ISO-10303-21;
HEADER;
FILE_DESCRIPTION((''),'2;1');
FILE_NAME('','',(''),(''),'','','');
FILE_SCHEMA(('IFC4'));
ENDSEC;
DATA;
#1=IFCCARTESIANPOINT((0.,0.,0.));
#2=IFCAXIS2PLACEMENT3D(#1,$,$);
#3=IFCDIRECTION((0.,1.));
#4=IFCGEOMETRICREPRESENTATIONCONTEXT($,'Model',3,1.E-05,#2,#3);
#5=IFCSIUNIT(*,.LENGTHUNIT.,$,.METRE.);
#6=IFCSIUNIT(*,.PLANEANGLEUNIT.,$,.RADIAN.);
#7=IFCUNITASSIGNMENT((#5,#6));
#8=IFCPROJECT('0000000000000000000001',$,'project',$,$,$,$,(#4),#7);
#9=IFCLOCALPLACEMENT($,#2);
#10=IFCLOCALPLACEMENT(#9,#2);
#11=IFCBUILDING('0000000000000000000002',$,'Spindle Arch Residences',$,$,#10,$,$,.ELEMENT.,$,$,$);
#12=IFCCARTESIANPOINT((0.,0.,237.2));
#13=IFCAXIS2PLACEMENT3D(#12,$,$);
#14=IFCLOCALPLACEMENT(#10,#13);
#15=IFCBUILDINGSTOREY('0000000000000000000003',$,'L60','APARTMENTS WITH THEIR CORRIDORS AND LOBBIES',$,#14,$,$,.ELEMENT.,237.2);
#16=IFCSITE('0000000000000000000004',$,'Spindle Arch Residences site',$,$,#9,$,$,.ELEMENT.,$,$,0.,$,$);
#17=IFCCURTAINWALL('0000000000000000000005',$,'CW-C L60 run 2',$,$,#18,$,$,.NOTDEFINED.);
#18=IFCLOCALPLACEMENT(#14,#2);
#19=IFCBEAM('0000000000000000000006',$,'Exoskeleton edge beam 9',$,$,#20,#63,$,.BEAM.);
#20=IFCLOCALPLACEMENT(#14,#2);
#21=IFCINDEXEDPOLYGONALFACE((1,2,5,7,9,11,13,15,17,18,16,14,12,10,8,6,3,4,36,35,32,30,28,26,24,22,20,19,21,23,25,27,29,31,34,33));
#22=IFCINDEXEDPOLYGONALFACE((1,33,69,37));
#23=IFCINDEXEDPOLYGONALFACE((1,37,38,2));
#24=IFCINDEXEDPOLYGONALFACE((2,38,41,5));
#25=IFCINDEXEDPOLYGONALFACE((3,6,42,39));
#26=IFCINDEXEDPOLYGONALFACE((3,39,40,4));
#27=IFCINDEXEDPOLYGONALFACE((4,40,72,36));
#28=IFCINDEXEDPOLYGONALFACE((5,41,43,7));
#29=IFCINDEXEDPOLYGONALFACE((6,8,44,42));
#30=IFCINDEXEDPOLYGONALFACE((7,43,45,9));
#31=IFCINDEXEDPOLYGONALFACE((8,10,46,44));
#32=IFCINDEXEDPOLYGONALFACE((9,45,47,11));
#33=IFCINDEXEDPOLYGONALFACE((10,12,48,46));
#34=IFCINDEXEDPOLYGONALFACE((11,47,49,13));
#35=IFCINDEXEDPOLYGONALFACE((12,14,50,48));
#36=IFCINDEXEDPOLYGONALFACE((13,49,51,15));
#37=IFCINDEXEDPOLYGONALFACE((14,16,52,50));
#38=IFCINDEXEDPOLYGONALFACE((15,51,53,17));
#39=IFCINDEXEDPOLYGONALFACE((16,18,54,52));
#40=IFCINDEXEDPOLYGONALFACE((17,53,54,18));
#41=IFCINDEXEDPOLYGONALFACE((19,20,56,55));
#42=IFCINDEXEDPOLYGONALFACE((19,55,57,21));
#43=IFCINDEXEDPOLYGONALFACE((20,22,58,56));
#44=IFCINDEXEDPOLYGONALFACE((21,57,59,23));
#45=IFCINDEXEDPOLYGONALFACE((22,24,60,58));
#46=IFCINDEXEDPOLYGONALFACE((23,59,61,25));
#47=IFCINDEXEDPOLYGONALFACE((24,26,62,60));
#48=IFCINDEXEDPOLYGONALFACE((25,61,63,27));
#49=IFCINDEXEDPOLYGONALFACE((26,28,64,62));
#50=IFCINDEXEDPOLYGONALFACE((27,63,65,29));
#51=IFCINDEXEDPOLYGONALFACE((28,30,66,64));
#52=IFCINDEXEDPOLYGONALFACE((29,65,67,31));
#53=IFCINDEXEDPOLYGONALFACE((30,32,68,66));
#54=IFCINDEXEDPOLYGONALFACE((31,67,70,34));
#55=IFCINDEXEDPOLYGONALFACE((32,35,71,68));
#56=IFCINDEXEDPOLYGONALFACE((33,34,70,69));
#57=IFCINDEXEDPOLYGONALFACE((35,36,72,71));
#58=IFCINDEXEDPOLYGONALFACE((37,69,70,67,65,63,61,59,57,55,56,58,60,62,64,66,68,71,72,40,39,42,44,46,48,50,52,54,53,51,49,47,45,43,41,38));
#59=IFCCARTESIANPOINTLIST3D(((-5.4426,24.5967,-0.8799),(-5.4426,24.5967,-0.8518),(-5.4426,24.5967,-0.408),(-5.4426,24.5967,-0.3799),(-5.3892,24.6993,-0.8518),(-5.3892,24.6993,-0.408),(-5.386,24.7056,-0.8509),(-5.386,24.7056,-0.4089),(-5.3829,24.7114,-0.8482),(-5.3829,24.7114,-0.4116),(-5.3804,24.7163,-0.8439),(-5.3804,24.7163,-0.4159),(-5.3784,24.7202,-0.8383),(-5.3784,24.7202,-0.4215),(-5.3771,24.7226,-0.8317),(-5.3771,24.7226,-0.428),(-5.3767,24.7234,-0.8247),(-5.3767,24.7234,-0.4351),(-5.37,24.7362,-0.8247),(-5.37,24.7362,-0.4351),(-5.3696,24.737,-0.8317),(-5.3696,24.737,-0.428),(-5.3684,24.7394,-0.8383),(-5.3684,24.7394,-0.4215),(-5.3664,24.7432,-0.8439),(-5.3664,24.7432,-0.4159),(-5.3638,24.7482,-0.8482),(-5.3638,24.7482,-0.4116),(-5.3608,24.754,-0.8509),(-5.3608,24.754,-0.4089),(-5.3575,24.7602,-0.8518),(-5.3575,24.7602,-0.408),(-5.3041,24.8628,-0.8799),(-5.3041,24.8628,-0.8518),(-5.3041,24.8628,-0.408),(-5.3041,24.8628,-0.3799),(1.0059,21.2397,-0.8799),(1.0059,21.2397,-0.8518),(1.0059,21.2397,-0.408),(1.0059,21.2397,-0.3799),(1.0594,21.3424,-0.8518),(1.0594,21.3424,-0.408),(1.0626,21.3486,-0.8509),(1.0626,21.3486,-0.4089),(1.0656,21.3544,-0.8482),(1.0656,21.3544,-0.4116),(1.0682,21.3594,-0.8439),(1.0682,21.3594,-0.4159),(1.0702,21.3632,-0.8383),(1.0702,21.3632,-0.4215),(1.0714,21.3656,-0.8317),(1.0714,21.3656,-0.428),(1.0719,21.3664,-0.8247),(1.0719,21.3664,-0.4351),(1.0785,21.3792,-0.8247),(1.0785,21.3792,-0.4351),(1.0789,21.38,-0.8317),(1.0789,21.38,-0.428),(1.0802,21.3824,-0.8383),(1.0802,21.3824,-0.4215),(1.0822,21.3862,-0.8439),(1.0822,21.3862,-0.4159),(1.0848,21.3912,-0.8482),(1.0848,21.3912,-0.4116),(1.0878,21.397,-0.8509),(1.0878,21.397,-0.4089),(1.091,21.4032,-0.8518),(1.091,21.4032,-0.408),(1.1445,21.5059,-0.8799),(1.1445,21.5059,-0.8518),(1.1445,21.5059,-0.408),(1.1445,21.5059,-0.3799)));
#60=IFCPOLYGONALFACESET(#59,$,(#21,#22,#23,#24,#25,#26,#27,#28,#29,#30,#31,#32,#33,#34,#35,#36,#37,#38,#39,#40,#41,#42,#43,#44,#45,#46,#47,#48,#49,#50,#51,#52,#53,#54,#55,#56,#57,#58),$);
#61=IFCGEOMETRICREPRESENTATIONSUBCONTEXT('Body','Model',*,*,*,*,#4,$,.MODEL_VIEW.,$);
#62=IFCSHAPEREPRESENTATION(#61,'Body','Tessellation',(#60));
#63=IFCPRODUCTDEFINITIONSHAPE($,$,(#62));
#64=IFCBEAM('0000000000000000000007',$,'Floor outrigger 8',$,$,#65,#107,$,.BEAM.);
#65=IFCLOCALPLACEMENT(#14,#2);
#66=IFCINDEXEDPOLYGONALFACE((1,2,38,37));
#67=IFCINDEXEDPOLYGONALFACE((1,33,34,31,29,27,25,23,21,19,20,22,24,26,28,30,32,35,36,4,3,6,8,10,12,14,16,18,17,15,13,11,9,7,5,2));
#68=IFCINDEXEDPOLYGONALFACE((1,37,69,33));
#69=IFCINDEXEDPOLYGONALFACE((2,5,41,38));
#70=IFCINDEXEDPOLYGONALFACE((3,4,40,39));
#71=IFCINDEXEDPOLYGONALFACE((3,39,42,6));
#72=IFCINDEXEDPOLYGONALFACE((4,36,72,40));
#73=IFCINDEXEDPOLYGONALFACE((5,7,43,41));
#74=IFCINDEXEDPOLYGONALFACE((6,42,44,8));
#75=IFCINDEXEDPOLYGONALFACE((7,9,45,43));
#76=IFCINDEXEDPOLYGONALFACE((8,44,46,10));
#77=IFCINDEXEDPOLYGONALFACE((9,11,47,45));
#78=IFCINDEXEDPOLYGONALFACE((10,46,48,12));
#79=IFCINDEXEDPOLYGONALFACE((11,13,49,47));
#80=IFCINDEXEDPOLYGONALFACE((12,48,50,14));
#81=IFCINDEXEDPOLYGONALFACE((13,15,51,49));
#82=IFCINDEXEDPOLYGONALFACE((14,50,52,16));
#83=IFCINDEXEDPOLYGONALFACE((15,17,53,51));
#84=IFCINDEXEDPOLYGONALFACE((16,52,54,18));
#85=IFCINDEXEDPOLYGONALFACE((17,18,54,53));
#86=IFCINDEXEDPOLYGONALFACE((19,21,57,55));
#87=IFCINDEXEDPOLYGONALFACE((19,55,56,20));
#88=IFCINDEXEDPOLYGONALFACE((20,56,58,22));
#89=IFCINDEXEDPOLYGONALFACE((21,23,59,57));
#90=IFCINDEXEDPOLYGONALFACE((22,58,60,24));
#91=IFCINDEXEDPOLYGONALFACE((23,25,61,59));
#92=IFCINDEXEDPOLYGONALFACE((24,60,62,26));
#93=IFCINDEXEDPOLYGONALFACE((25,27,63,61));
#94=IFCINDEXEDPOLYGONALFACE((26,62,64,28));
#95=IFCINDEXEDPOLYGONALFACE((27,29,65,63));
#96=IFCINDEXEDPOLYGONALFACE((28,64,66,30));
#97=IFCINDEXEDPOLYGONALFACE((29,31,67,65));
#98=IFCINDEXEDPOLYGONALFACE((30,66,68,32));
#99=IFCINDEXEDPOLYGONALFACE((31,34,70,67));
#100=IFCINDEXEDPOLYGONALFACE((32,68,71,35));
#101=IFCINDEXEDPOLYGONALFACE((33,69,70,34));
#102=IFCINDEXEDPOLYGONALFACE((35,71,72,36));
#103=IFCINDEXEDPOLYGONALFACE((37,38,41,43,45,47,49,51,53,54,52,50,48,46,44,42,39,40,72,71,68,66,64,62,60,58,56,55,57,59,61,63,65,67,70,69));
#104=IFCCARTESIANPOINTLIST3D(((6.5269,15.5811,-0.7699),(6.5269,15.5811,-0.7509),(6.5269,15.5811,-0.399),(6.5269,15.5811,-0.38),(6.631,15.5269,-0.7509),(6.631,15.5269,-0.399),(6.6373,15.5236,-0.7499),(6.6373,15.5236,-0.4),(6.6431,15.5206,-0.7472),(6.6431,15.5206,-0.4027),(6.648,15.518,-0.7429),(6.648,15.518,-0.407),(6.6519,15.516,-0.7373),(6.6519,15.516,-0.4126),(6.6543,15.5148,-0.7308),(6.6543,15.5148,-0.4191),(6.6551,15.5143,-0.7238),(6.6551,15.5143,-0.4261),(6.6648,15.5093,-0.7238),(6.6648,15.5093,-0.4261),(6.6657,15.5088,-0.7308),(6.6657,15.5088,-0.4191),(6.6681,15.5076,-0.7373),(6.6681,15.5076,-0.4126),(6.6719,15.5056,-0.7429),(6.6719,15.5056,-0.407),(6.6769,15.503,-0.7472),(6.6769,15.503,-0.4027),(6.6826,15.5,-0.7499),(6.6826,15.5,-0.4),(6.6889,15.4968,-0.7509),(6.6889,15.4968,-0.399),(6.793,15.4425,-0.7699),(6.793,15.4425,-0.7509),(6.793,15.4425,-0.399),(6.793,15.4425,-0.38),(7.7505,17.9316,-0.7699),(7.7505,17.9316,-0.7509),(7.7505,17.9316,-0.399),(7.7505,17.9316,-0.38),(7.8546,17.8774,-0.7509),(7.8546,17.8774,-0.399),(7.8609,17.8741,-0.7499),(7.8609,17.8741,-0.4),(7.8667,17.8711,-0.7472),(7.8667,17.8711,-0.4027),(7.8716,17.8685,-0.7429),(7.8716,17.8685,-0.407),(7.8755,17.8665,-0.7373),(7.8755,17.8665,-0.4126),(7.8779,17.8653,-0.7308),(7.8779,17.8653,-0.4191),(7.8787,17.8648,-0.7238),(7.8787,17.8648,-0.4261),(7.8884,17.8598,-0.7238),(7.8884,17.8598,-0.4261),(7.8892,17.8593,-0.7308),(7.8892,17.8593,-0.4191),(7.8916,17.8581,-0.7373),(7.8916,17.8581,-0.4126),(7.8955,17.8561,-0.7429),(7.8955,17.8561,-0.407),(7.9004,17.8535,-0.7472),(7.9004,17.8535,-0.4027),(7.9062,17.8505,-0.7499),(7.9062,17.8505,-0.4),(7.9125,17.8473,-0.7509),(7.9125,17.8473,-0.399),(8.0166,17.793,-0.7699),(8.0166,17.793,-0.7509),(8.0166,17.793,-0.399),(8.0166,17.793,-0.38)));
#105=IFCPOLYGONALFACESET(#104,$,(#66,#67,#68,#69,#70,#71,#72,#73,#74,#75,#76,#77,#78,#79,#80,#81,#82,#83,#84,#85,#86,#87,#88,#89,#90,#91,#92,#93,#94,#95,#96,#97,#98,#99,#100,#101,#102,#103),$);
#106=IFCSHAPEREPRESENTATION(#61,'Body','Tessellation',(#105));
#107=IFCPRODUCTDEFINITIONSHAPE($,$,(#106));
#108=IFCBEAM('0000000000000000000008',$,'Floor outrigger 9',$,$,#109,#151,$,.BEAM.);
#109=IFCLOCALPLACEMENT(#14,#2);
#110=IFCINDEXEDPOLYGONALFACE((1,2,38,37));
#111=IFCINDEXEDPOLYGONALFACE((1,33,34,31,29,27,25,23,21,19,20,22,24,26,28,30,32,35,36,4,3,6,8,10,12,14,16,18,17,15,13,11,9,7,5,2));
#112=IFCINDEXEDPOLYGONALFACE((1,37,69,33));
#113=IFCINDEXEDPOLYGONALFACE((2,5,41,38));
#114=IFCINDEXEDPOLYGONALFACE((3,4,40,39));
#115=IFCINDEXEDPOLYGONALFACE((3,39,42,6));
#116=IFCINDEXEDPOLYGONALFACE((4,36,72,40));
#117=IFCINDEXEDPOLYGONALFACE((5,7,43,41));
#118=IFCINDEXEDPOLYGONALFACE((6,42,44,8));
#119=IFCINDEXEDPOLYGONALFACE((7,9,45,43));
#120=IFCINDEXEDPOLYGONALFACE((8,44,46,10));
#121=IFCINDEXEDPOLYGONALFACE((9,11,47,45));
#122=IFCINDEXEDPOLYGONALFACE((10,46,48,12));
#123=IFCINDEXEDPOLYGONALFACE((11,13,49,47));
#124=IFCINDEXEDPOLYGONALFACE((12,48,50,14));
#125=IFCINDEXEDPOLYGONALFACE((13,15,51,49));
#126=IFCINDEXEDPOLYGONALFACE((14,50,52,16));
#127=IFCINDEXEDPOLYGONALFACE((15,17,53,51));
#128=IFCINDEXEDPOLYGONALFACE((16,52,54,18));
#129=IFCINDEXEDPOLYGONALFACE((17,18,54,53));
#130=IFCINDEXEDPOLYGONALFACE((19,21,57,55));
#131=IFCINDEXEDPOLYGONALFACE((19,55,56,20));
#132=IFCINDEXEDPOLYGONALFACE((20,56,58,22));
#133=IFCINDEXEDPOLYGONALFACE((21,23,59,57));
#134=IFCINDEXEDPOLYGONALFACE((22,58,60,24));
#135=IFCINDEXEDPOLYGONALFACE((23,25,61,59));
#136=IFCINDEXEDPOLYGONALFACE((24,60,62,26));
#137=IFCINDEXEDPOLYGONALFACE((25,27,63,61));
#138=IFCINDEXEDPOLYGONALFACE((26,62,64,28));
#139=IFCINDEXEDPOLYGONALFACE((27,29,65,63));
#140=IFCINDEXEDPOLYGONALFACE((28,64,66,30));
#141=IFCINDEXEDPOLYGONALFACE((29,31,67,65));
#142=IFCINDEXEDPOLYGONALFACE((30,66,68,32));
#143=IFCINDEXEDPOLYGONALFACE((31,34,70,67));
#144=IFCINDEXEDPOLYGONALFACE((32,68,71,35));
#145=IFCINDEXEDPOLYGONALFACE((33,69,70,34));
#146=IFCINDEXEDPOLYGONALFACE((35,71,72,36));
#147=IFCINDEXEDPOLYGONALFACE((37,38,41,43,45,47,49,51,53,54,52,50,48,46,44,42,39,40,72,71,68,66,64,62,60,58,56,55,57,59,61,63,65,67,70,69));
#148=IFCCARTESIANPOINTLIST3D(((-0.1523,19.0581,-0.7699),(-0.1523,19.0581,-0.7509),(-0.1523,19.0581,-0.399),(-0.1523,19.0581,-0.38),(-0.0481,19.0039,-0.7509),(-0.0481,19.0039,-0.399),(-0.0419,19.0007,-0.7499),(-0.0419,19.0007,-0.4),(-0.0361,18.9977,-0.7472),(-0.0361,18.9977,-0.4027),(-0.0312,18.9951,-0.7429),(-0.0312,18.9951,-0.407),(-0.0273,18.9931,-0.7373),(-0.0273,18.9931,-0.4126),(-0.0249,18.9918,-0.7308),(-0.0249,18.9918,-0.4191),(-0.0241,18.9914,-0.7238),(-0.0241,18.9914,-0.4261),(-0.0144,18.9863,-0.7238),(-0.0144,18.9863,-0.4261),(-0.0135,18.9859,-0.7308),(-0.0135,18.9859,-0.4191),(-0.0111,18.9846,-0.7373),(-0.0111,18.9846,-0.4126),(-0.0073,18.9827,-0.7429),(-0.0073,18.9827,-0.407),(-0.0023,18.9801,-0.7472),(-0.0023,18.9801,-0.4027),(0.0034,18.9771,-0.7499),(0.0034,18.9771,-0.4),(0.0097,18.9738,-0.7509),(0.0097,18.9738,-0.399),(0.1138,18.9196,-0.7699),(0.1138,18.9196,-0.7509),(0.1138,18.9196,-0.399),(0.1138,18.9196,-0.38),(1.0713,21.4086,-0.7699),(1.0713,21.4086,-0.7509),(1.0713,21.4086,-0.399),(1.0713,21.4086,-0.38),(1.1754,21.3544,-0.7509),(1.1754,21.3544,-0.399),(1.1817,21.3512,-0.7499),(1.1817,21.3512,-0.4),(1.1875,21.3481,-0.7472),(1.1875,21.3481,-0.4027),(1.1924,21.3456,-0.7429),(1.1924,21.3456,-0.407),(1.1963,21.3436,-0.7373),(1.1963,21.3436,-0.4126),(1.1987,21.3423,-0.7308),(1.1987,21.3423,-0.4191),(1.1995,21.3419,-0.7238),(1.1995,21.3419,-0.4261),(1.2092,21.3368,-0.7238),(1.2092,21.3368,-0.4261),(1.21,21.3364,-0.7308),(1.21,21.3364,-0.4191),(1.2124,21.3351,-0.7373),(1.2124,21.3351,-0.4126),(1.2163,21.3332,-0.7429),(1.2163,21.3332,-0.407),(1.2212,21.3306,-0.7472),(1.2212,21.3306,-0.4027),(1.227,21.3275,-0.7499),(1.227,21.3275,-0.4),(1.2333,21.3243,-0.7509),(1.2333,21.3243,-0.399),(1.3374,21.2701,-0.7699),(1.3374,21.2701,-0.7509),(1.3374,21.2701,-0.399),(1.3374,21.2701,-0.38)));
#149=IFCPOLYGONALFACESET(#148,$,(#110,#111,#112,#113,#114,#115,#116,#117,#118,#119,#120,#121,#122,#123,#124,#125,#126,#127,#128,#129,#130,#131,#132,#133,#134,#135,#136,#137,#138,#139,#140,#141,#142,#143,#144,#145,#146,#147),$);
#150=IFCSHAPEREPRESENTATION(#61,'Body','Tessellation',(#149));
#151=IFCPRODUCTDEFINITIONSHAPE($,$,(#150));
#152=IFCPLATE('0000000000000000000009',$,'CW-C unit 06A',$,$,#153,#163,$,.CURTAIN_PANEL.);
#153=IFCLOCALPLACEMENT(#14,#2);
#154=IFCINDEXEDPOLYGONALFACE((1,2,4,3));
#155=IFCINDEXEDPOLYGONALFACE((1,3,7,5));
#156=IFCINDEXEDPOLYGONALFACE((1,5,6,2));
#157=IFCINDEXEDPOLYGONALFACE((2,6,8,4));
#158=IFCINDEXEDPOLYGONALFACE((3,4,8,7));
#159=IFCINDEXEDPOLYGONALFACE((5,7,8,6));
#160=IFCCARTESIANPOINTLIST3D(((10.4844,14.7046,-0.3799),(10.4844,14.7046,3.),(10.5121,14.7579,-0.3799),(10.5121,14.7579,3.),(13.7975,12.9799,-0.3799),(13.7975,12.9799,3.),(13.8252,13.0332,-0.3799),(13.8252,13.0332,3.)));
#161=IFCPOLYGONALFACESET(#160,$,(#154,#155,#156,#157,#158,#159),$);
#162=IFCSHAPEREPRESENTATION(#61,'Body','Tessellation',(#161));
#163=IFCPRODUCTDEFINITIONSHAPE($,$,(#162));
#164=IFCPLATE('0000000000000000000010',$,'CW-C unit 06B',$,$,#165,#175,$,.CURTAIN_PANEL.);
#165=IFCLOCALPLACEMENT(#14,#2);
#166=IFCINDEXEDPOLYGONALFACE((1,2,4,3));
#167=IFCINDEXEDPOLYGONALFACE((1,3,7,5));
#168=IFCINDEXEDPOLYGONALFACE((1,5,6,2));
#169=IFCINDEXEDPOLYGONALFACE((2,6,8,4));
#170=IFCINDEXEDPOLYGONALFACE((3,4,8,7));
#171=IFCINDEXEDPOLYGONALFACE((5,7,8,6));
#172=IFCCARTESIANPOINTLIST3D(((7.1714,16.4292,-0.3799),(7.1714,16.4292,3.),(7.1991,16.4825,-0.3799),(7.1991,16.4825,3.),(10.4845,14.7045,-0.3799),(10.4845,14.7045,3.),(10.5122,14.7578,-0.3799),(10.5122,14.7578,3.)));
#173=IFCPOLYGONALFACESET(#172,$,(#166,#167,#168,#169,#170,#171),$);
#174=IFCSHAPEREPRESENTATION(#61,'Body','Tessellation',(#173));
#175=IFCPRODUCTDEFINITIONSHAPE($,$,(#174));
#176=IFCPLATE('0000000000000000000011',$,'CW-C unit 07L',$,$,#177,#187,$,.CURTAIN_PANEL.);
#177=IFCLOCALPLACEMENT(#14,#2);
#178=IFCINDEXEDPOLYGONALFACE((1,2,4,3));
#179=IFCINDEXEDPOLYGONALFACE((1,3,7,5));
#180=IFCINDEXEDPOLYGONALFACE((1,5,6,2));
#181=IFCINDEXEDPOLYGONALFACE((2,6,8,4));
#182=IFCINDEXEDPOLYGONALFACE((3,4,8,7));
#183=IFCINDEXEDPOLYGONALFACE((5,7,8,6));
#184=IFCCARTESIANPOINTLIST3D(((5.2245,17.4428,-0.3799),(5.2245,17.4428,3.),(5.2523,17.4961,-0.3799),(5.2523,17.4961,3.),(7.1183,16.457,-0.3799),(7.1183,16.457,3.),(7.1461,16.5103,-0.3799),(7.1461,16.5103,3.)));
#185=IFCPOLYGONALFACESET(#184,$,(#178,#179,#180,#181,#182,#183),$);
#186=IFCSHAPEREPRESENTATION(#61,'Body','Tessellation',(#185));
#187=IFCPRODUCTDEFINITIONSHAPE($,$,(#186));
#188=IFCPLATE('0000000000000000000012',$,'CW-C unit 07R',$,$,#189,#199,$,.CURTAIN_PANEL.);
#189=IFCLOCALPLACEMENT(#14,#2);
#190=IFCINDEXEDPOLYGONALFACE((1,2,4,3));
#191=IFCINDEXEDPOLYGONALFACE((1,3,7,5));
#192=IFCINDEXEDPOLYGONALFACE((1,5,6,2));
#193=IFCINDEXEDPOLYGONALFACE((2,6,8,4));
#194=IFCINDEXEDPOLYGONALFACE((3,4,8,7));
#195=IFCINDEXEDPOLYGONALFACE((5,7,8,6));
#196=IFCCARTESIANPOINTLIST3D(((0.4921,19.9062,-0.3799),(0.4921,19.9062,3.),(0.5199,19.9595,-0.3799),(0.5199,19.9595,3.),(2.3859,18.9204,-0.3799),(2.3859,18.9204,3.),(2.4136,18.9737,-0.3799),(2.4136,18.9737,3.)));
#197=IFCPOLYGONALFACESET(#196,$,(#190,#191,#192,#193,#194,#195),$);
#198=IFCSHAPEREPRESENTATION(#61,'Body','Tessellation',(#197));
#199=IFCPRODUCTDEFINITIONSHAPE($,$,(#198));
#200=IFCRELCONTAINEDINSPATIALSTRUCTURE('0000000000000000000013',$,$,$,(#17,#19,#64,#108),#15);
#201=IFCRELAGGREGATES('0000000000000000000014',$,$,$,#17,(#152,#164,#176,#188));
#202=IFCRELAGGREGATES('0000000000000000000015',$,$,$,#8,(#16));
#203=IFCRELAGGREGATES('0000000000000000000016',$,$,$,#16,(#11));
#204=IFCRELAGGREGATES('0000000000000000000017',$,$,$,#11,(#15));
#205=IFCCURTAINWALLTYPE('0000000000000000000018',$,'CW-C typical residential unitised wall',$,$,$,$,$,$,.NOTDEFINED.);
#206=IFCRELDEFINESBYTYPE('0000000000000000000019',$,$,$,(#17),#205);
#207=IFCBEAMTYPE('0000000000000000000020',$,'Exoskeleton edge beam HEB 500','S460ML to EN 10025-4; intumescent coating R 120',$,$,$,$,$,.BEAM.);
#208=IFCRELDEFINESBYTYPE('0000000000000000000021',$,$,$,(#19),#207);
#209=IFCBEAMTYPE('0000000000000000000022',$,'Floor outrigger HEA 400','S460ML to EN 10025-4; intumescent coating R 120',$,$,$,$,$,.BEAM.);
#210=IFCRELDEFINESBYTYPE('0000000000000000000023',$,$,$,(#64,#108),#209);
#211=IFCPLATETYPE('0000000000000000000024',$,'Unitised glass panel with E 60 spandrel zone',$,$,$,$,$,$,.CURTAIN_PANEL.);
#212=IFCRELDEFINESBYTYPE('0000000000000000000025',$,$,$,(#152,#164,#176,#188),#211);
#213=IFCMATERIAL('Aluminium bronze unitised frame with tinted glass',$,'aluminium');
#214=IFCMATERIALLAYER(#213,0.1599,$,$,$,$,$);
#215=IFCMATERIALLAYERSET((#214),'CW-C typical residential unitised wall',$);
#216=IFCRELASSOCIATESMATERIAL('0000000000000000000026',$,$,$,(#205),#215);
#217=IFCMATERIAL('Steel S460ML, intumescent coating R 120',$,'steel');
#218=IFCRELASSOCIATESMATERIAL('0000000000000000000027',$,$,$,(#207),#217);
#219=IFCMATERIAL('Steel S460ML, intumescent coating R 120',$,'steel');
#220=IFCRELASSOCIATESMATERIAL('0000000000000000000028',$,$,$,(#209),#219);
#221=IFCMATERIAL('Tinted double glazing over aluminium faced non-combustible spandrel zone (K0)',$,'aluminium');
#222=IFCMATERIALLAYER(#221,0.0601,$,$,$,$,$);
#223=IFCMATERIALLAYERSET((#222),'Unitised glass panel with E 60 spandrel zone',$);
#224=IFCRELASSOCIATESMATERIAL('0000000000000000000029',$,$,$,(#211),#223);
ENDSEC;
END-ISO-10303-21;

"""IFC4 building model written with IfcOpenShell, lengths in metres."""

from ifc_helpers import new_model, si_unit, direction, frame, origin, origin_2d, place, context, subcontext, project, spatial, rectangle, i_section, extrude, material, layer, layer_set, material_profile, profile_set, type_object, element, aggregate, save


model = new_model("IFC4")

# Units and contexts
model_context = context("Model", 3, precision=1e-05, world=origin(), true_north=direction((0.0, 1.0)))
body_context = subcontext(model_context, "Body", "Model", "MODEL_VIEW")
ifc_project = project(units=[si_unit("LENGTHUNIT", "METRE"), si_unit("PLANEANGLEUNIT", "RADIAN")], contexts=[model_context])

# Site, building, storey
site_placement = place(None, origin())
site = spatial("IfcSite", under=ifc_project, at=site_placement, Name="Spindle Arch Residences site", CompositionType="ELEMENT", RefElevation=0.0)
building_placement = place(site_placement, origin())
building = spatial("IfcBuilding", under=site, at=building_placement, Name="Spindle Arch Residences", CompositionType="ELEMENT")
storey_placement = place(building_placement, frame((0.0, 0.0, 237.2)))
storey = spatial("IfcBuildingStorey", under=building, at=storey_placement, Name="L60", Description="APARTMENTS WITH THEIR CORRIDORS AND LOBBIES", CompositionType="ELEMENT", Elevation=237.2)

# Curtain wall
ifc_material_1 = material(Name="Aluminium bronze unitised frame with tinted glass", Category="aluminium")
ifc_layer_1 = layer(ifc_material_1, 0.1599)
ifc_layer_set_1 = layer_set([ifc_layer_1], Name="CW-C typical residential unitised wall")
curtain_wall_type = type_object("IfcCurtainWallType", Name="CW-C typical residential unitised wall", PredefinedType="NOTDEFINED", material=ifc_layer_set_1)
curtain_wall_placement = place(storey_placement, origin())
curtain_wall = element("IfcCurtainWall", 1, at=curtain_wall_placement, inside=storey, type_object=curtain_wall_type, Name="CW-C L60 run 2", PredefinedType="NOTDEFINED")

# Beams
ifc_material_2 = material(Name="Steel S460ML, intumescent coating R 120", Category="steel")
ifc_material_profile_1 = material_profile(ifc_material_2, i_section(OverallWidth=0.3, OverallDepth=0.5, WebThickness=0.0144, FlangeThickness=0.0281, FilletRadius=0.0271, at=origin_2d()), Name="HEB 500")
ifc_profile_set_1 = profile_set([ifc_material_profile_1], Name="Steel S460ML, intumescent coating R 120")
beam_type_1 = type_object("IfcBeamType", Name="Exoskeleton edge beam HEB 500", Description="S460ML to EN 10025-4; intumescent coating R 120", PredefinedType="BEAM", material=ifc_profile_set_1)
for number, where, z_axis, x_axis, name in (
    (2, (1.0752, 21.3728, -0.6299), (-0.887007, 0.461756, 0.0), (-0.461756, -0.887007, 0.0), "Exoskeleton edge beam 9"),
):
    element("IfcBeam", number, at=place(storey_placement, frame(where, z_axis=z_axis, x_axis=x_axis)), inside=storey, type_object=beam_type_1, Name=name, PredefinedType="BEAM", context=body_context, shape_type="SweptSolid", body=[
        extrude(i_section(OverallWidth=0.3, OverallDepth=0.5, WebThickness=0.0144, FlangeThickness=0.0281, FilletRadius=0.0271, at=origin_2d()), origin(), (0.0, 0.0, 1.0), 7.27),
    ])
ifc_material_3 = material(Name="Steel S460ML, intumescent coating R 120", Category="steel")
ifc_material_profile_2 = material_profile(ifc_material_3, i_section(OverallWidth=0.3, OverallDepth=0.3899, WebThickness=0.011, FlangeThickness=0.019, FilletRadius=0.0271, at=origin_2d()), Name="HEA 400")
ifc_profile_set_2 = profile_set([ifc_material_profile_2], Name="Steel S460ML, intumescent coating R 120")
beam_type_2 = type_object("IfcBeamType", Name="Floor outrigger HEA 400", Description="S460ML to EN 10025-4; intumescent coating R 120", PredefinedType="BEAM", material=ifc_profile_set_2)
for number, where, z_axis, x_axis, name in (
    (3, (7.8835, 17.8623, -0.575), (-0.461747, -0.887012, 0.0), (0.887012, -0.461747, 0.0), "Floor outrigger 8"),
    (4, (1.2043, 21.3394, -0.575), (-0.461747, -0.887012, 0.0), (0.887012, -0.461747, 0.0), "Floor outrigger 9"),
):
    element("IfcBeam", number, at=place(storey_placement, frame(where, z_axis=z_axis, x_axis=x_axis)), inside=storey, type_object=beam_type_2, Name=name, PredefinedType="BEAM", context=body_context, shape_type="SweptSolid", body=[
        extrude(i_section(OverallWidth=0.3, OverallDepth=0.3899, WebThickness=0.011, FlangeThickness=0.019, FilletRadius=0.0271, at=origin_2d()), origin(), (0.0, 0.0, 1.0), 2.6499),
    ])

# Plates
ifc_material_4 = material(Name="Tinted double glazing over aluminium faced non-combustible spandrel zone (K0)", Category="aluminium")
ifc_layer_2 = layer(ifc_material_4, 0.0601)
ifc_layer_set_2 = layer_set([ifc_layer_2], Name="Unitised glass panel with E 60 spandrel zone")
plate_type = type_object("IfcPlateType", Name="Unitised glass panel with E 60 spandrel zone", PredefinedType="CURTAIN_PANEL", material=ifc_layer_set_2)
plate_1_placement = place(storey_placement, frame((12.1548, 13.8689, -0.3799), z_axis=(0.0, 0.0, 1.0), x_axis=(-0.887011, 0.461749, 0.0)))
plate_1 = element("IfcPlate", 5, at=plate_1_placement, type_object=plate_type, Name="CW-C unit 06A", PredefinedType="CURTAIN_PANEL", context=body_context, shape_type="SweptSolid", body=[
    extrude(rectangle(XDim=3.7351, YDim=0.0601, at=origin_2d()), origin(), (0.0, 0.0, 1.0), 3.3799),
])
plate_2_placement = place(storey_placement, frame((8.8418, 15.5935, -0.3799), z_axis=(0.0, 0.0, 1.0), x_axis=(-0.887011, 0.461749, 0.0)))
plate_2 = element("IfcPlate", 6, at=plate_2_placement, type_object=plate_type, Name="CW-C unit 06B", PredefinedType="CURTAIN_PANEL", context=body_context, shape_type="SweptSolid", body=[
    extrude(rectangle(XDim=3.7351, YDim=0.0601, at=origin_2d()), origin(), (0.0, 0.0, 1.0), 3.3799),
])
plate_3_placement = place(storey_placement, frame((6.1853, 16.9766, -0.3799), z_axis=(0.0, 0.0, 1.0), x_axis=(-0.887011, 0.461749, 0.0)))
plate_3 = element("IfcPlate", 7, at=plate_3_placement, type_object=plate_type, Name="CW-C unit 07L", PredefinedType="CURTAIN_PANEL", context=body_context, shape_type="SweptSolid", body=[
    extrude(rectangle(XDim=2.135, YDim=0.0601, at=origin_2d()), origin(), (0.0, 0.0, 1.0), 3.3799),
])
plate_4_placement = place(storey_placement, frame((1.4529, 19.4399, -0.3799), z_axis=(0.0, 0.0, 1.0), x_axis=(-0.887011, 0.461749, 0.0)))
plate_4 = element("IfcPlate", 8, at=plate_4_placement, type_object=plate_type, Name="CW-C unit 07R", PredefinedType="CURTAIN_PANEL", context=body_context, shape_type="SweptSolid", body=[
    extrude(rectangle(XDim=2.135, YDim=0.0601, at=origin_2d()), origin(), (0.0, 0.0, 1.0), 3.3799),
])
aggregate(curtain_wall, [plate_1, plate_2, plate_3, plate_4])

save(model, "model.ifc")
